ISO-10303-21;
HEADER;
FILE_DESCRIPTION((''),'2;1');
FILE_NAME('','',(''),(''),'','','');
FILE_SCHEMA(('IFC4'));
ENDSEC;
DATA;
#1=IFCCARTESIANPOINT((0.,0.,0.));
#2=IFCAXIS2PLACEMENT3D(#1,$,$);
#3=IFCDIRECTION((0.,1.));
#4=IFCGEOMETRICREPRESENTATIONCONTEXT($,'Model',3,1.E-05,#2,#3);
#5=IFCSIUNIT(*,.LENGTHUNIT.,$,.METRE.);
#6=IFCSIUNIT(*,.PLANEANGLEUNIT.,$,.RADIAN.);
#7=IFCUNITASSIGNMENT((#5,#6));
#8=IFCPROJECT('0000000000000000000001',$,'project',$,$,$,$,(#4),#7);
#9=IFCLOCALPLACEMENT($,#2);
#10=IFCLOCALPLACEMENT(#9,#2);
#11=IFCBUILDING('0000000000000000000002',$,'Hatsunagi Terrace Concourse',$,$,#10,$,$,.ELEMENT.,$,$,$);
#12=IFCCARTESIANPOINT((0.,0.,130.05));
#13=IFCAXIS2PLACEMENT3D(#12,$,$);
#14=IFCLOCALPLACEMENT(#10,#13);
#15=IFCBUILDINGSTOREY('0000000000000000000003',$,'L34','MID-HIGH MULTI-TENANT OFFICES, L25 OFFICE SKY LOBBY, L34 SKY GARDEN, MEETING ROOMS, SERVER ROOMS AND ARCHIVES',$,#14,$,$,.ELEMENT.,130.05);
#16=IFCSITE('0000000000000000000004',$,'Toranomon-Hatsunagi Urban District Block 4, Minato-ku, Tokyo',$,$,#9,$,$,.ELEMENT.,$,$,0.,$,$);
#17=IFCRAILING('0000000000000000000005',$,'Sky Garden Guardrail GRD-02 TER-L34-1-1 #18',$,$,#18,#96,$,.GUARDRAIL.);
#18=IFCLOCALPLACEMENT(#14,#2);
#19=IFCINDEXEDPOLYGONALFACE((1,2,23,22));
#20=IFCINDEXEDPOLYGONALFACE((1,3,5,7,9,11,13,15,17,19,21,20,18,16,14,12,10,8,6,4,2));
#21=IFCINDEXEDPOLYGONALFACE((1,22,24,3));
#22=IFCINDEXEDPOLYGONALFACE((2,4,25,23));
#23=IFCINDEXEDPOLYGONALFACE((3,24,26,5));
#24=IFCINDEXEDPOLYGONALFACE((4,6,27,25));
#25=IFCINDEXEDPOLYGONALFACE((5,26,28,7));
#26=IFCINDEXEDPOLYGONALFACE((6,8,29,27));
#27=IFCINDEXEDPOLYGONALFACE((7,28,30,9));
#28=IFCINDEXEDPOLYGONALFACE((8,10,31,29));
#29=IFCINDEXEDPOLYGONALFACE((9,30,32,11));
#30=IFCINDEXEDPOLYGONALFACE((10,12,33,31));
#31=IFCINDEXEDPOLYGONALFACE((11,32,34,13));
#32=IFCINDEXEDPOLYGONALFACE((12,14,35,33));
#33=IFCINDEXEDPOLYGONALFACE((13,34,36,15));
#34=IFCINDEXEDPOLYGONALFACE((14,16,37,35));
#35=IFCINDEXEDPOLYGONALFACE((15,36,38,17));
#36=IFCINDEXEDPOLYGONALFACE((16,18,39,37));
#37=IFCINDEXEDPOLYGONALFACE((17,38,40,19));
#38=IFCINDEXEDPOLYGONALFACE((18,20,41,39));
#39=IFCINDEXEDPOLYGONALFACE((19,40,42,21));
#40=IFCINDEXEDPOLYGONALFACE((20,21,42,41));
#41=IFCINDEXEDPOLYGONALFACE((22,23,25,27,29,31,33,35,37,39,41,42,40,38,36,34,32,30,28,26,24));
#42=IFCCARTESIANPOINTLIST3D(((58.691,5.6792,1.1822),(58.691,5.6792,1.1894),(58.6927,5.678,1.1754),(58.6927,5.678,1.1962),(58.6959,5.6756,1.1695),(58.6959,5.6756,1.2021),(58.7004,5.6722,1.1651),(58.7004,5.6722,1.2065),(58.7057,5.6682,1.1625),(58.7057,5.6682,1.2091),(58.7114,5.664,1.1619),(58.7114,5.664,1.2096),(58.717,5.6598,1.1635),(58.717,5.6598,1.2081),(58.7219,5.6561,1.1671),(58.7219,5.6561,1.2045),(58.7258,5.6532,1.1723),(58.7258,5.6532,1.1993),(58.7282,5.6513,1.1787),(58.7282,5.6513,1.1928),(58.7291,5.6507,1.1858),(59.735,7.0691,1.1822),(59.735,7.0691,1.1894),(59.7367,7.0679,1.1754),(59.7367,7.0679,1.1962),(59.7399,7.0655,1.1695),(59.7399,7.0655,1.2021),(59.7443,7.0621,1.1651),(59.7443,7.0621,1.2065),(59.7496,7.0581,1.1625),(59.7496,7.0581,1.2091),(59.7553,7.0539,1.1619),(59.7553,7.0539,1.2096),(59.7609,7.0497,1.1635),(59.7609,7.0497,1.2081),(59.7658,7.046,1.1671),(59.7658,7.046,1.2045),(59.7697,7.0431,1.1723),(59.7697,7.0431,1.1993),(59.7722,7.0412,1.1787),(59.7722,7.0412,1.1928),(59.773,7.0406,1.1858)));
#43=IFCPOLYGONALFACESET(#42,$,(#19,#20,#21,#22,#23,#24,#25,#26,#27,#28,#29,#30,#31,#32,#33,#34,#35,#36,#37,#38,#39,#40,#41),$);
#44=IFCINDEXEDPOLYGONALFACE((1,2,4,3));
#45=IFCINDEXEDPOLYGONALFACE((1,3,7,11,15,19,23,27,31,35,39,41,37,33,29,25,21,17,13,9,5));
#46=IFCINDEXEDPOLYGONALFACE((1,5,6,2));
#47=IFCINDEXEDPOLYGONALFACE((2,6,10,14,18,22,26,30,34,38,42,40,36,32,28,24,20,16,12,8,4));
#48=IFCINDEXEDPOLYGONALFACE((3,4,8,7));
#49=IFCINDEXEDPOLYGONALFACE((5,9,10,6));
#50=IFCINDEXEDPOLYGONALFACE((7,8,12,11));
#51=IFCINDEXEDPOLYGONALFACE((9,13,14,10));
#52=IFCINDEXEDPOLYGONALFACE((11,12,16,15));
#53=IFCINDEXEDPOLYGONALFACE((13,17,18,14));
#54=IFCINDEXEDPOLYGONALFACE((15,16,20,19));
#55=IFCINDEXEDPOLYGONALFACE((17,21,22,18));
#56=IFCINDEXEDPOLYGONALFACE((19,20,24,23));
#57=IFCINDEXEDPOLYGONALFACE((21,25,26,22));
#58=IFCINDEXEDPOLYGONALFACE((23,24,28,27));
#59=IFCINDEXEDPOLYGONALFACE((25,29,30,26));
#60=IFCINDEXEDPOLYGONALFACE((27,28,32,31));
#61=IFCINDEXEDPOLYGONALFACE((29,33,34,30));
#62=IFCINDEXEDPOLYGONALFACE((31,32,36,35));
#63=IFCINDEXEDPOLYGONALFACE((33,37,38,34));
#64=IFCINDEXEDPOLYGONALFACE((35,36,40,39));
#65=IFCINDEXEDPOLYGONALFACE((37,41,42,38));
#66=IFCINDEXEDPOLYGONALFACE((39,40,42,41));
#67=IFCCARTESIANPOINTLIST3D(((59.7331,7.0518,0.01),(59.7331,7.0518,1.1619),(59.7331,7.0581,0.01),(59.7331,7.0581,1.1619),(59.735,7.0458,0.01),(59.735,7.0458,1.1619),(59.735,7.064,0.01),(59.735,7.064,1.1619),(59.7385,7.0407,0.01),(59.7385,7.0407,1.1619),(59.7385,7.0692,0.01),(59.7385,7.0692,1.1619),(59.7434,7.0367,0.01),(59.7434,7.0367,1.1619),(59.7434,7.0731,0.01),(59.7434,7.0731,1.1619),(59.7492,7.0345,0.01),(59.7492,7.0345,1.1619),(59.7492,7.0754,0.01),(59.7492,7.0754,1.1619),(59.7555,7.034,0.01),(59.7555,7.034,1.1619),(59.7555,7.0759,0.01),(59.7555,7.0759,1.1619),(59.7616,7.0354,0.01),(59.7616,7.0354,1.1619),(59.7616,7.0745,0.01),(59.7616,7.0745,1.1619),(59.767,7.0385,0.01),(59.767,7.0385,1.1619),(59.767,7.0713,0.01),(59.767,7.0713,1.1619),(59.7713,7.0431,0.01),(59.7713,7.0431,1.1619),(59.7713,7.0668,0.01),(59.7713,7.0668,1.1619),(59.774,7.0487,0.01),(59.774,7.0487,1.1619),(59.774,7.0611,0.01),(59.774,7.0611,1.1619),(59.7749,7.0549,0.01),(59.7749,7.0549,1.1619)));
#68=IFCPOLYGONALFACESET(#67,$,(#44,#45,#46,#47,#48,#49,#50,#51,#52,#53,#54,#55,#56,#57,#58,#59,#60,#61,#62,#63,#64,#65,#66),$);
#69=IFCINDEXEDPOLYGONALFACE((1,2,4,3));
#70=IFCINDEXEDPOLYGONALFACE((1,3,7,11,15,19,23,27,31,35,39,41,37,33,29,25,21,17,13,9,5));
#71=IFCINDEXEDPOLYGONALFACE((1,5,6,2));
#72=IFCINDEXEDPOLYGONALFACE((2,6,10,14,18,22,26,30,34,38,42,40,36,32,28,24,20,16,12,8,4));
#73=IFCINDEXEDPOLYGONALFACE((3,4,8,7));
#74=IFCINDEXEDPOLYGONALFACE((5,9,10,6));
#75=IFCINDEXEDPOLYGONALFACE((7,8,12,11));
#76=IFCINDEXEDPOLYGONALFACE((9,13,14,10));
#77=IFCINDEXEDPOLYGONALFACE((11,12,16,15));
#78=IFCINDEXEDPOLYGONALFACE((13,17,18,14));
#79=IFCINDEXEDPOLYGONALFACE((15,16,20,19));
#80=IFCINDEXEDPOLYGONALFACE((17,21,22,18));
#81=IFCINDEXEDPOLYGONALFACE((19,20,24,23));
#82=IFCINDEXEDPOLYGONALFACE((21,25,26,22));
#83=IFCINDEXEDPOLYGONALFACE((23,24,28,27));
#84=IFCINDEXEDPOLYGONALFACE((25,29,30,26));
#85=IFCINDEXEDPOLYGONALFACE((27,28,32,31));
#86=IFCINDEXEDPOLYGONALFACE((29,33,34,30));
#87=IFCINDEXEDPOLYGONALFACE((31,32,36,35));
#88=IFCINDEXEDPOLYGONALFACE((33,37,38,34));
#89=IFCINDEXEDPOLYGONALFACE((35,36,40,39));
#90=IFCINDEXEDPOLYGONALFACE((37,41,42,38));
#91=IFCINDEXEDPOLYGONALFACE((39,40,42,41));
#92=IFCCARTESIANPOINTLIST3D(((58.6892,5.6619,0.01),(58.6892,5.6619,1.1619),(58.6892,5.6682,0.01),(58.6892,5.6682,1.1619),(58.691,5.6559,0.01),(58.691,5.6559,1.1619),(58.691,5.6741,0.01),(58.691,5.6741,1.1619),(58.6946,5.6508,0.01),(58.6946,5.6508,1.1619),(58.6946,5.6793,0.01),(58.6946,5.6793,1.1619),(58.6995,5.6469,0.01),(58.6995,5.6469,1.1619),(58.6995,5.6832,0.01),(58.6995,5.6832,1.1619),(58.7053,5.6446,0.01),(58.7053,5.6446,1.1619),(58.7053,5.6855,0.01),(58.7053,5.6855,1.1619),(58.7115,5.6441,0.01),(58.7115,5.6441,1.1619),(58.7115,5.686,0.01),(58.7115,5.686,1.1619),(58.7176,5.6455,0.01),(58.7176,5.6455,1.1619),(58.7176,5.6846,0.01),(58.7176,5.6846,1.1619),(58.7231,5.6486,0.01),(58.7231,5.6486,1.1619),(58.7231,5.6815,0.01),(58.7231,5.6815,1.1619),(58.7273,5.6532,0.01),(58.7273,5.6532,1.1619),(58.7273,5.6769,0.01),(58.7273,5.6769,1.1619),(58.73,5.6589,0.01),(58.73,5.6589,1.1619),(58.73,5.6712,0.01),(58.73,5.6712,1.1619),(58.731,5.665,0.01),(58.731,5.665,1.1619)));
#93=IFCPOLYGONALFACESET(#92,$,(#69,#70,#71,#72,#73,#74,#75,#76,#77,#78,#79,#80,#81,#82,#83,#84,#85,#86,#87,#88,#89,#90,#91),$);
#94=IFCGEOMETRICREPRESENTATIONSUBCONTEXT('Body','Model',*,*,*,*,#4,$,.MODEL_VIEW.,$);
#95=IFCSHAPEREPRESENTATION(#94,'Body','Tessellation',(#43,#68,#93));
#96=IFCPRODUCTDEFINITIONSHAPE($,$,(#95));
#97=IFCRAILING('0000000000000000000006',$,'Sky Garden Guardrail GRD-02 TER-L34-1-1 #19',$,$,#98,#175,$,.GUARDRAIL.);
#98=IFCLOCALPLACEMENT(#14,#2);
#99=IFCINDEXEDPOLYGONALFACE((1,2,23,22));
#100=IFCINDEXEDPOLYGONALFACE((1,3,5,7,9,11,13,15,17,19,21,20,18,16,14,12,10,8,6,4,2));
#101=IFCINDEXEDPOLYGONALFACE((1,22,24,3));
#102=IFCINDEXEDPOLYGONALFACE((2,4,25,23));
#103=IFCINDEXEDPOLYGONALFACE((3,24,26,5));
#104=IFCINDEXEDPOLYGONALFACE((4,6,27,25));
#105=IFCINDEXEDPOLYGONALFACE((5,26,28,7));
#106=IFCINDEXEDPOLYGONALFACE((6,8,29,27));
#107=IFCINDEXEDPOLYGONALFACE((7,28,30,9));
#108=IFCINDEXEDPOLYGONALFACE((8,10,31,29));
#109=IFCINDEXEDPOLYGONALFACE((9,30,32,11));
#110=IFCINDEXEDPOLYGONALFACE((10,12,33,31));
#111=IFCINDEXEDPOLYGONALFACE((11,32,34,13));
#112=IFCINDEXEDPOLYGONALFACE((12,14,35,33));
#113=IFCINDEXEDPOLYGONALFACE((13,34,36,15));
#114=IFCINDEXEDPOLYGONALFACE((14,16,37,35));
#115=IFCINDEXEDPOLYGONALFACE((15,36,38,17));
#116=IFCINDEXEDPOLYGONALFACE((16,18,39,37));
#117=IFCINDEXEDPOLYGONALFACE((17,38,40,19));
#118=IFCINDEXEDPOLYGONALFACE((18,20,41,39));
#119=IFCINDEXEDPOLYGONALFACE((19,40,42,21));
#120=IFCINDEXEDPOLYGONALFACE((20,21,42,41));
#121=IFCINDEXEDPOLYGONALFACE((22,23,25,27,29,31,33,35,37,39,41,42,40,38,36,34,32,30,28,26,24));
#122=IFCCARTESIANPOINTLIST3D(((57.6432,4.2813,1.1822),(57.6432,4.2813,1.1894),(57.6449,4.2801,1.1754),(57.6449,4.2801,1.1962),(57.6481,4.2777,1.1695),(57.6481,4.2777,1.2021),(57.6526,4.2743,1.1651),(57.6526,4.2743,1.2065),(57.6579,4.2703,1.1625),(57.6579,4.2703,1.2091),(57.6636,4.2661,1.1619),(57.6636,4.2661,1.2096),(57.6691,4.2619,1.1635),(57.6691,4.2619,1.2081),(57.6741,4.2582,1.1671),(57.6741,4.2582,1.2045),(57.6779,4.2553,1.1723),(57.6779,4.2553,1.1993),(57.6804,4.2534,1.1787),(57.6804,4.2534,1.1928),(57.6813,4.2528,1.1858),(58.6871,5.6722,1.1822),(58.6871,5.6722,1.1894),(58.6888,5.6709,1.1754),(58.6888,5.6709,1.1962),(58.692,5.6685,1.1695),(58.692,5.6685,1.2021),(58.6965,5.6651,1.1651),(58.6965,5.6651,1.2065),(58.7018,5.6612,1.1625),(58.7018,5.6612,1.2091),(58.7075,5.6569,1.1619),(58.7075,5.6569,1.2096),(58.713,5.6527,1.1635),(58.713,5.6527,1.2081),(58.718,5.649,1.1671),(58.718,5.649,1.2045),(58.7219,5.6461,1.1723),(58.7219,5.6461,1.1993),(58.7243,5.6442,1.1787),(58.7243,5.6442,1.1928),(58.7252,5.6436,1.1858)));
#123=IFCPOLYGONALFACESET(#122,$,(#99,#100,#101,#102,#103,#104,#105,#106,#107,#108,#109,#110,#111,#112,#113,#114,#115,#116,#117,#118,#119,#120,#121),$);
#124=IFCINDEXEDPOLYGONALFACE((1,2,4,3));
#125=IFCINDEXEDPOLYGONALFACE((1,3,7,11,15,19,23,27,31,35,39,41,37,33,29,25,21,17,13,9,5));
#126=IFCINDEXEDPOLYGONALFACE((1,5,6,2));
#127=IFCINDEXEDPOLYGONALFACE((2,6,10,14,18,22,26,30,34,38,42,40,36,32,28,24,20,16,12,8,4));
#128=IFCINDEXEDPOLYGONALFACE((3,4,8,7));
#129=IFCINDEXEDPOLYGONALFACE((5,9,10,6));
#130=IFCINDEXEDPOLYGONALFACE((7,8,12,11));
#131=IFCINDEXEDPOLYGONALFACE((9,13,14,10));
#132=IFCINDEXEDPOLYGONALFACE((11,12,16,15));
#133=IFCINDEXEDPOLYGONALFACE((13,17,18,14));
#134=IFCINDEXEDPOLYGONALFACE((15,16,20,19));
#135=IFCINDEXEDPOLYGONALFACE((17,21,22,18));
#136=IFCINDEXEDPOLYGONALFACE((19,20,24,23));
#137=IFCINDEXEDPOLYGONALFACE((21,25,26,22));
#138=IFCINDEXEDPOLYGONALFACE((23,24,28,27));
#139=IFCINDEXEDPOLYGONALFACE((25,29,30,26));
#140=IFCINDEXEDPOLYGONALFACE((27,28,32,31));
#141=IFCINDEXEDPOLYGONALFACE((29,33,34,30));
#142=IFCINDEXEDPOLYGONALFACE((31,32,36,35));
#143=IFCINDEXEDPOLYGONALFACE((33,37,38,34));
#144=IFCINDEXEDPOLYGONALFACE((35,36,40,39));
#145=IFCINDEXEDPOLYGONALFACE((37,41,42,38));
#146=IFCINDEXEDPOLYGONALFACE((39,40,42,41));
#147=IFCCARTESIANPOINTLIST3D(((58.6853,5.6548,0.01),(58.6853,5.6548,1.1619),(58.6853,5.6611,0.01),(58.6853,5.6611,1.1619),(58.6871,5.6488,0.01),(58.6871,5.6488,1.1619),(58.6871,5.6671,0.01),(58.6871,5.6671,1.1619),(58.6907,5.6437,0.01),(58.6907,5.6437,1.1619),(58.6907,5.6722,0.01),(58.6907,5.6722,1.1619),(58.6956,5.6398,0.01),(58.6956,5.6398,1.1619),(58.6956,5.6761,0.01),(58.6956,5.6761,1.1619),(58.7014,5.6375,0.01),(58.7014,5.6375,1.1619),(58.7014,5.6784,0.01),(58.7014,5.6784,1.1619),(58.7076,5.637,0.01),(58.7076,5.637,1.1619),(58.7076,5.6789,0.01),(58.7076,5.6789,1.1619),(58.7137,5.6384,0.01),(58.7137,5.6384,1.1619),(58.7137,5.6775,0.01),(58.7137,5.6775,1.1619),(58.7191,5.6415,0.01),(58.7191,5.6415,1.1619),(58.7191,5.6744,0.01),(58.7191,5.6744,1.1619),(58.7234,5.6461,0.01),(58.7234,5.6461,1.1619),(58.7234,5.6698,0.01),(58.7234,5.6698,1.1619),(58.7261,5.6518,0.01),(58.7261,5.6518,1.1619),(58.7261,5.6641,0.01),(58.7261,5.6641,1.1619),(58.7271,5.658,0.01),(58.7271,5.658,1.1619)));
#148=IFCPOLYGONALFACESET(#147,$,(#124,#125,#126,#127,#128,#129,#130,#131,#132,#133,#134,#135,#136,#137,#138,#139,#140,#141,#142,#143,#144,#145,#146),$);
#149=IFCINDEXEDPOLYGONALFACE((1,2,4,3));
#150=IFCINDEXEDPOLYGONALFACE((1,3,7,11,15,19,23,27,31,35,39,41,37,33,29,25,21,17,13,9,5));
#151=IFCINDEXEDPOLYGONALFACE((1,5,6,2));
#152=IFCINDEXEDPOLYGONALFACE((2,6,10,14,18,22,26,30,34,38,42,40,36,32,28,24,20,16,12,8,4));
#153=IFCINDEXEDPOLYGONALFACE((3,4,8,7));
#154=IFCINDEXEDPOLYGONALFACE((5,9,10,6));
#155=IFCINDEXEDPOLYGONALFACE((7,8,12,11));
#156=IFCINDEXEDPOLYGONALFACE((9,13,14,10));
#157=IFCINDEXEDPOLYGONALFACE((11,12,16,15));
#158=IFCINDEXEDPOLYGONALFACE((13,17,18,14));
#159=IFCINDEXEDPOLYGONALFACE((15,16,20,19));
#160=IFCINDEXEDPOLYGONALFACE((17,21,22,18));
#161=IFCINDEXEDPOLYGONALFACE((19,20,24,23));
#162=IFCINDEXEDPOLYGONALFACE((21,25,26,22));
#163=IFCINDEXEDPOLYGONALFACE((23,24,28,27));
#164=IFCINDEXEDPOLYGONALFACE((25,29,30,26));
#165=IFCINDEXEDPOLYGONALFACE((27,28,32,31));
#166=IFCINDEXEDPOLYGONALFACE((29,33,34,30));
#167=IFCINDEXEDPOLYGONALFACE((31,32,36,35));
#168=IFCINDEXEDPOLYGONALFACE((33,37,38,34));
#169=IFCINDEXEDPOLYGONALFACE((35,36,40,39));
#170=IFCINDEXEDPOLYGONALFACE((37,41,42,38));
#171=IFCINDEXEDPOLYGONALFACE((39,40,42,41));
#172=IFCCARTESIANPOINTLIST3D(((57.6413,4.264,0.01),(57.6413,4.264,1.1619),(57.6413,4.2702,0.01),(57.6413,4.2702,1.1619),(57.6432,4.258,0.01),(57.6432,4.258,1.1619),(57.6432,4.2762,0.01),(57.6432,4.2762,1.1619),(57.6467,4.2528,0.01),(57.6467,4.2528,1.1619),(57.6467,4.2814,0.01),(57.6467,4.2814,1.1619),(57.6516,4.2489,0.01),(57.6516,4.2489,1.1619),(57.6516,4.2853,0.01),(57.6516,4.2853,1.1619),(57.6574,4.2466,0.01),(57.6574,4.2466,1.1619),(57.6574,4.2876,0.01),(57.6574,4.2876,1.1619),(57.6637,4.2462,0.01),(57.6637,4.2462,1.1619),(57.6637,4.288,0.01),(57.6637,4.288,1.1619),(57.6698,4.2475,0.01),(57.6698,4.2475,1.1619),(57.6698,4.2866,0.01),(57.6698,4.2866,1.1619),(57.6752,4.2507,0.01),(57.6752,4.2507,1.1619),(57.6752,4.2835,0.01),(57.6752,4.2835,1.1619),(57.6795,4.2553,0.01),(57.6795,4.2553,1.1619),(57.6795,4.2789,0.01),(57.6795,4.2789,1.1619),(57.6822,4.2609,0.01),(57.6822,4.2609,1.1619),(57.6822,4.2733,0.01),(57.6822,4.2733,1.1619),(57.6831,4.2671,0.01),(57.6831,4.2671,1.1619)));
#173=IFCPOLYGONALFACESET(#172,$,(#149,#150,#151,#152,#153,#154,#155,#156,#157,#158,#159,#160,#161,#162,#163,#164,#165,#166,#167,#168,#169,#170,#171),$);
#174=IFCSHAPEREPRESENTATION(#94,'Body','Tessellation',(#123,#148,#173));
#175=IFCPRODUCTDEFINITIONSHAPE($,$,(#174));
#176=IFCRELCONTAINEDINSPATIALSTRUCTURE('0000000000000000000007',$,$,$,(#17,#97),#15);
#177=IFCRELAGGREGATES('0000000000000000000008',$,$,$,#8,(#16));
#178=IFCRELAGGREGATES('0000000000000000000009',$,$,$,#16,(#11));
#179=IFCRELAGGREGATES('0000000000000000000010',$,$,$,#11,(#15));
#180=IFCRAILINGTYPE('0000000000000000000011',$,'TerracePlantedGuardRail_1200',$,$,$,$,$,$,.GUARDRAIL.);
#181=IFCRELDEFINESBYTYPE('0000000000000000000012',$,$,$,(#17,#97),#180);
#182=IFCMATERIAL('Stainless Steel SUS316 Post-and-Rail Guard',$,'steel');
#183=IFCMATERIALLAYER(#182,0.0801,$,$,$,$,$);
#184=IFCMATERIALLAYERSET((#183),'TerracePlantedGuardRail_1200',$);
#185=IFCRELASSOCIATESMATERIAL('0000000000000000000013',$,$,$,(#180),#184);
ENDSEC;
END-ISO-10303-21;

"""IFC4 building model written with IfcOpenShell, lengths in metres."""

from ifc_helpers import new_model, si_unit, direction, frame, origin, origin_2d, place, context, subcontext, project, spatial, circle, extrude, material, layer, layer_set, type_object, element, save


model = new_model("IFC4")

# Units and contexts
model_context = context("Model", 3, precision=1e-05, world=origin(), true_north=direction((0.0, 1.0)))
body_context = subcontext(model_context, "Body", "Model", "MODEL_VIEW")
ifc_project = project(units=[si_unit("LENGTHUNIT", "METRE"), si_unit("PLANEANGLEUNIT", "RADIAN")], contexts=[model_context])

# Site, building, storey
site_placement = place(None, origin())
site = spatial("IfcSite", under=ifc_project, at=site_placement, Name="Toranomon-Hatsunagi Urban District Block 4, Minato-ku, Tokyo", CompositionType="ELEMENT", RefElevation=0.0)
building_placement = place(site_placement, origin())
building = spatial("IfcBuilding", under=site, at=building_placement, Name="Hatsunagi Terrace Concourse", CompositionType="ELEMENT")
storey_placement = place(building_placement, frame((0.0, 0.0, 130.05)))
storey = spatial("IfcBuildingStorey", under=building, at=storey_placement, Name="L34", Description="MID-HIGH MULTI-TENANT OFFICES, L25 OFFICE SKY LOBBY, L34 SKY GARDEN, MEETING ROOMS, SERVER ROOMS AND ARCHIVES", CompositionType="ELEMENT", Elevation=130.05)

# Railings
ifc_material_1 = material(Name="Stainless Steel SUS316 Post-and-Rail Guard", Category="steel")
ifc_layer_1 = layer(ifc_material_1, 0.0801)
ifc_layer_set_1 = layer_set([ifc_layer_1], Name="TerracePlantedGuardRail_1200")
railing_type = type_object("IfcRailingType", Name="TerracePlantedGuardRail_1200", PredefinedType="GUARDRAIL", material=ifc_layer_set_1)
for number, where, name in (
    (1, (59.7539, 7.0549, 0.01), "Sky Garden Guardrail GRD-02 TER-L34-1-1 #18"),
):
    element("IfcRailing", number, at=place(storey_placement, frame(where)), inside=storey, type_object=railing_type, Name=name, PredefinedType="GUARDRAIL", context=body_context, shape_type="SweptSolid", body=[
        extrude(circle(Radius=0.0239, at=origin_2d()), frame((0.0, 0.0, 1.1758), z_axis=(-0.600562, -0.799578, 0.0), x_axis=(0.799578, -0.600562, 0.0)), (0.0, 0.0, 1.0), 1.7383),
        extrude(circle(Radius=0.021, at=origin_2d()), origin(), (0.0, 0.0, 1.0), 1.1519),
        extrude(circle(Radius=0.021, at=origin_2d()), frame((-1.0439, -1.3899, 0.0)), (0.0, 0.0, 1.0), 1.1519),
    ])
railing_1_placement = place(storey_placement, frame((58.7061, 5.658, 0.01)))
element("IfcRailing", 2, at=railing_1_placement, inside=storey, type_object=railing_type, Name="Sky Garden Guardrail GRD-02 TER-L34-1-1 #19", PredefinedType="GUARDRAIL", context=body_context, shape_type="SweptSolid", body=[
    extrude(circle(Radius=0.0239, at=origin_2d()), frame((0.0, 0.0, 1.1758), z_axis=(-0.600292, -0.799781, 0.0), x_axis=(0.799781, -0.600292, 0.0)), (0.0, 0.0, 1.0), 1.739),
    extrude(circle(Radius=0.021, at=origin_2d()), origin(), (0.0, 0.0, 1.0), 1.1519),
    extrude(circle(Radius=0.021, at=origin_2d()), frame((-1.0439, -1.3909, 0.0)), (0.0, 0.0, 1.0), 1.1519),
])

save(model, "model.ifc")
